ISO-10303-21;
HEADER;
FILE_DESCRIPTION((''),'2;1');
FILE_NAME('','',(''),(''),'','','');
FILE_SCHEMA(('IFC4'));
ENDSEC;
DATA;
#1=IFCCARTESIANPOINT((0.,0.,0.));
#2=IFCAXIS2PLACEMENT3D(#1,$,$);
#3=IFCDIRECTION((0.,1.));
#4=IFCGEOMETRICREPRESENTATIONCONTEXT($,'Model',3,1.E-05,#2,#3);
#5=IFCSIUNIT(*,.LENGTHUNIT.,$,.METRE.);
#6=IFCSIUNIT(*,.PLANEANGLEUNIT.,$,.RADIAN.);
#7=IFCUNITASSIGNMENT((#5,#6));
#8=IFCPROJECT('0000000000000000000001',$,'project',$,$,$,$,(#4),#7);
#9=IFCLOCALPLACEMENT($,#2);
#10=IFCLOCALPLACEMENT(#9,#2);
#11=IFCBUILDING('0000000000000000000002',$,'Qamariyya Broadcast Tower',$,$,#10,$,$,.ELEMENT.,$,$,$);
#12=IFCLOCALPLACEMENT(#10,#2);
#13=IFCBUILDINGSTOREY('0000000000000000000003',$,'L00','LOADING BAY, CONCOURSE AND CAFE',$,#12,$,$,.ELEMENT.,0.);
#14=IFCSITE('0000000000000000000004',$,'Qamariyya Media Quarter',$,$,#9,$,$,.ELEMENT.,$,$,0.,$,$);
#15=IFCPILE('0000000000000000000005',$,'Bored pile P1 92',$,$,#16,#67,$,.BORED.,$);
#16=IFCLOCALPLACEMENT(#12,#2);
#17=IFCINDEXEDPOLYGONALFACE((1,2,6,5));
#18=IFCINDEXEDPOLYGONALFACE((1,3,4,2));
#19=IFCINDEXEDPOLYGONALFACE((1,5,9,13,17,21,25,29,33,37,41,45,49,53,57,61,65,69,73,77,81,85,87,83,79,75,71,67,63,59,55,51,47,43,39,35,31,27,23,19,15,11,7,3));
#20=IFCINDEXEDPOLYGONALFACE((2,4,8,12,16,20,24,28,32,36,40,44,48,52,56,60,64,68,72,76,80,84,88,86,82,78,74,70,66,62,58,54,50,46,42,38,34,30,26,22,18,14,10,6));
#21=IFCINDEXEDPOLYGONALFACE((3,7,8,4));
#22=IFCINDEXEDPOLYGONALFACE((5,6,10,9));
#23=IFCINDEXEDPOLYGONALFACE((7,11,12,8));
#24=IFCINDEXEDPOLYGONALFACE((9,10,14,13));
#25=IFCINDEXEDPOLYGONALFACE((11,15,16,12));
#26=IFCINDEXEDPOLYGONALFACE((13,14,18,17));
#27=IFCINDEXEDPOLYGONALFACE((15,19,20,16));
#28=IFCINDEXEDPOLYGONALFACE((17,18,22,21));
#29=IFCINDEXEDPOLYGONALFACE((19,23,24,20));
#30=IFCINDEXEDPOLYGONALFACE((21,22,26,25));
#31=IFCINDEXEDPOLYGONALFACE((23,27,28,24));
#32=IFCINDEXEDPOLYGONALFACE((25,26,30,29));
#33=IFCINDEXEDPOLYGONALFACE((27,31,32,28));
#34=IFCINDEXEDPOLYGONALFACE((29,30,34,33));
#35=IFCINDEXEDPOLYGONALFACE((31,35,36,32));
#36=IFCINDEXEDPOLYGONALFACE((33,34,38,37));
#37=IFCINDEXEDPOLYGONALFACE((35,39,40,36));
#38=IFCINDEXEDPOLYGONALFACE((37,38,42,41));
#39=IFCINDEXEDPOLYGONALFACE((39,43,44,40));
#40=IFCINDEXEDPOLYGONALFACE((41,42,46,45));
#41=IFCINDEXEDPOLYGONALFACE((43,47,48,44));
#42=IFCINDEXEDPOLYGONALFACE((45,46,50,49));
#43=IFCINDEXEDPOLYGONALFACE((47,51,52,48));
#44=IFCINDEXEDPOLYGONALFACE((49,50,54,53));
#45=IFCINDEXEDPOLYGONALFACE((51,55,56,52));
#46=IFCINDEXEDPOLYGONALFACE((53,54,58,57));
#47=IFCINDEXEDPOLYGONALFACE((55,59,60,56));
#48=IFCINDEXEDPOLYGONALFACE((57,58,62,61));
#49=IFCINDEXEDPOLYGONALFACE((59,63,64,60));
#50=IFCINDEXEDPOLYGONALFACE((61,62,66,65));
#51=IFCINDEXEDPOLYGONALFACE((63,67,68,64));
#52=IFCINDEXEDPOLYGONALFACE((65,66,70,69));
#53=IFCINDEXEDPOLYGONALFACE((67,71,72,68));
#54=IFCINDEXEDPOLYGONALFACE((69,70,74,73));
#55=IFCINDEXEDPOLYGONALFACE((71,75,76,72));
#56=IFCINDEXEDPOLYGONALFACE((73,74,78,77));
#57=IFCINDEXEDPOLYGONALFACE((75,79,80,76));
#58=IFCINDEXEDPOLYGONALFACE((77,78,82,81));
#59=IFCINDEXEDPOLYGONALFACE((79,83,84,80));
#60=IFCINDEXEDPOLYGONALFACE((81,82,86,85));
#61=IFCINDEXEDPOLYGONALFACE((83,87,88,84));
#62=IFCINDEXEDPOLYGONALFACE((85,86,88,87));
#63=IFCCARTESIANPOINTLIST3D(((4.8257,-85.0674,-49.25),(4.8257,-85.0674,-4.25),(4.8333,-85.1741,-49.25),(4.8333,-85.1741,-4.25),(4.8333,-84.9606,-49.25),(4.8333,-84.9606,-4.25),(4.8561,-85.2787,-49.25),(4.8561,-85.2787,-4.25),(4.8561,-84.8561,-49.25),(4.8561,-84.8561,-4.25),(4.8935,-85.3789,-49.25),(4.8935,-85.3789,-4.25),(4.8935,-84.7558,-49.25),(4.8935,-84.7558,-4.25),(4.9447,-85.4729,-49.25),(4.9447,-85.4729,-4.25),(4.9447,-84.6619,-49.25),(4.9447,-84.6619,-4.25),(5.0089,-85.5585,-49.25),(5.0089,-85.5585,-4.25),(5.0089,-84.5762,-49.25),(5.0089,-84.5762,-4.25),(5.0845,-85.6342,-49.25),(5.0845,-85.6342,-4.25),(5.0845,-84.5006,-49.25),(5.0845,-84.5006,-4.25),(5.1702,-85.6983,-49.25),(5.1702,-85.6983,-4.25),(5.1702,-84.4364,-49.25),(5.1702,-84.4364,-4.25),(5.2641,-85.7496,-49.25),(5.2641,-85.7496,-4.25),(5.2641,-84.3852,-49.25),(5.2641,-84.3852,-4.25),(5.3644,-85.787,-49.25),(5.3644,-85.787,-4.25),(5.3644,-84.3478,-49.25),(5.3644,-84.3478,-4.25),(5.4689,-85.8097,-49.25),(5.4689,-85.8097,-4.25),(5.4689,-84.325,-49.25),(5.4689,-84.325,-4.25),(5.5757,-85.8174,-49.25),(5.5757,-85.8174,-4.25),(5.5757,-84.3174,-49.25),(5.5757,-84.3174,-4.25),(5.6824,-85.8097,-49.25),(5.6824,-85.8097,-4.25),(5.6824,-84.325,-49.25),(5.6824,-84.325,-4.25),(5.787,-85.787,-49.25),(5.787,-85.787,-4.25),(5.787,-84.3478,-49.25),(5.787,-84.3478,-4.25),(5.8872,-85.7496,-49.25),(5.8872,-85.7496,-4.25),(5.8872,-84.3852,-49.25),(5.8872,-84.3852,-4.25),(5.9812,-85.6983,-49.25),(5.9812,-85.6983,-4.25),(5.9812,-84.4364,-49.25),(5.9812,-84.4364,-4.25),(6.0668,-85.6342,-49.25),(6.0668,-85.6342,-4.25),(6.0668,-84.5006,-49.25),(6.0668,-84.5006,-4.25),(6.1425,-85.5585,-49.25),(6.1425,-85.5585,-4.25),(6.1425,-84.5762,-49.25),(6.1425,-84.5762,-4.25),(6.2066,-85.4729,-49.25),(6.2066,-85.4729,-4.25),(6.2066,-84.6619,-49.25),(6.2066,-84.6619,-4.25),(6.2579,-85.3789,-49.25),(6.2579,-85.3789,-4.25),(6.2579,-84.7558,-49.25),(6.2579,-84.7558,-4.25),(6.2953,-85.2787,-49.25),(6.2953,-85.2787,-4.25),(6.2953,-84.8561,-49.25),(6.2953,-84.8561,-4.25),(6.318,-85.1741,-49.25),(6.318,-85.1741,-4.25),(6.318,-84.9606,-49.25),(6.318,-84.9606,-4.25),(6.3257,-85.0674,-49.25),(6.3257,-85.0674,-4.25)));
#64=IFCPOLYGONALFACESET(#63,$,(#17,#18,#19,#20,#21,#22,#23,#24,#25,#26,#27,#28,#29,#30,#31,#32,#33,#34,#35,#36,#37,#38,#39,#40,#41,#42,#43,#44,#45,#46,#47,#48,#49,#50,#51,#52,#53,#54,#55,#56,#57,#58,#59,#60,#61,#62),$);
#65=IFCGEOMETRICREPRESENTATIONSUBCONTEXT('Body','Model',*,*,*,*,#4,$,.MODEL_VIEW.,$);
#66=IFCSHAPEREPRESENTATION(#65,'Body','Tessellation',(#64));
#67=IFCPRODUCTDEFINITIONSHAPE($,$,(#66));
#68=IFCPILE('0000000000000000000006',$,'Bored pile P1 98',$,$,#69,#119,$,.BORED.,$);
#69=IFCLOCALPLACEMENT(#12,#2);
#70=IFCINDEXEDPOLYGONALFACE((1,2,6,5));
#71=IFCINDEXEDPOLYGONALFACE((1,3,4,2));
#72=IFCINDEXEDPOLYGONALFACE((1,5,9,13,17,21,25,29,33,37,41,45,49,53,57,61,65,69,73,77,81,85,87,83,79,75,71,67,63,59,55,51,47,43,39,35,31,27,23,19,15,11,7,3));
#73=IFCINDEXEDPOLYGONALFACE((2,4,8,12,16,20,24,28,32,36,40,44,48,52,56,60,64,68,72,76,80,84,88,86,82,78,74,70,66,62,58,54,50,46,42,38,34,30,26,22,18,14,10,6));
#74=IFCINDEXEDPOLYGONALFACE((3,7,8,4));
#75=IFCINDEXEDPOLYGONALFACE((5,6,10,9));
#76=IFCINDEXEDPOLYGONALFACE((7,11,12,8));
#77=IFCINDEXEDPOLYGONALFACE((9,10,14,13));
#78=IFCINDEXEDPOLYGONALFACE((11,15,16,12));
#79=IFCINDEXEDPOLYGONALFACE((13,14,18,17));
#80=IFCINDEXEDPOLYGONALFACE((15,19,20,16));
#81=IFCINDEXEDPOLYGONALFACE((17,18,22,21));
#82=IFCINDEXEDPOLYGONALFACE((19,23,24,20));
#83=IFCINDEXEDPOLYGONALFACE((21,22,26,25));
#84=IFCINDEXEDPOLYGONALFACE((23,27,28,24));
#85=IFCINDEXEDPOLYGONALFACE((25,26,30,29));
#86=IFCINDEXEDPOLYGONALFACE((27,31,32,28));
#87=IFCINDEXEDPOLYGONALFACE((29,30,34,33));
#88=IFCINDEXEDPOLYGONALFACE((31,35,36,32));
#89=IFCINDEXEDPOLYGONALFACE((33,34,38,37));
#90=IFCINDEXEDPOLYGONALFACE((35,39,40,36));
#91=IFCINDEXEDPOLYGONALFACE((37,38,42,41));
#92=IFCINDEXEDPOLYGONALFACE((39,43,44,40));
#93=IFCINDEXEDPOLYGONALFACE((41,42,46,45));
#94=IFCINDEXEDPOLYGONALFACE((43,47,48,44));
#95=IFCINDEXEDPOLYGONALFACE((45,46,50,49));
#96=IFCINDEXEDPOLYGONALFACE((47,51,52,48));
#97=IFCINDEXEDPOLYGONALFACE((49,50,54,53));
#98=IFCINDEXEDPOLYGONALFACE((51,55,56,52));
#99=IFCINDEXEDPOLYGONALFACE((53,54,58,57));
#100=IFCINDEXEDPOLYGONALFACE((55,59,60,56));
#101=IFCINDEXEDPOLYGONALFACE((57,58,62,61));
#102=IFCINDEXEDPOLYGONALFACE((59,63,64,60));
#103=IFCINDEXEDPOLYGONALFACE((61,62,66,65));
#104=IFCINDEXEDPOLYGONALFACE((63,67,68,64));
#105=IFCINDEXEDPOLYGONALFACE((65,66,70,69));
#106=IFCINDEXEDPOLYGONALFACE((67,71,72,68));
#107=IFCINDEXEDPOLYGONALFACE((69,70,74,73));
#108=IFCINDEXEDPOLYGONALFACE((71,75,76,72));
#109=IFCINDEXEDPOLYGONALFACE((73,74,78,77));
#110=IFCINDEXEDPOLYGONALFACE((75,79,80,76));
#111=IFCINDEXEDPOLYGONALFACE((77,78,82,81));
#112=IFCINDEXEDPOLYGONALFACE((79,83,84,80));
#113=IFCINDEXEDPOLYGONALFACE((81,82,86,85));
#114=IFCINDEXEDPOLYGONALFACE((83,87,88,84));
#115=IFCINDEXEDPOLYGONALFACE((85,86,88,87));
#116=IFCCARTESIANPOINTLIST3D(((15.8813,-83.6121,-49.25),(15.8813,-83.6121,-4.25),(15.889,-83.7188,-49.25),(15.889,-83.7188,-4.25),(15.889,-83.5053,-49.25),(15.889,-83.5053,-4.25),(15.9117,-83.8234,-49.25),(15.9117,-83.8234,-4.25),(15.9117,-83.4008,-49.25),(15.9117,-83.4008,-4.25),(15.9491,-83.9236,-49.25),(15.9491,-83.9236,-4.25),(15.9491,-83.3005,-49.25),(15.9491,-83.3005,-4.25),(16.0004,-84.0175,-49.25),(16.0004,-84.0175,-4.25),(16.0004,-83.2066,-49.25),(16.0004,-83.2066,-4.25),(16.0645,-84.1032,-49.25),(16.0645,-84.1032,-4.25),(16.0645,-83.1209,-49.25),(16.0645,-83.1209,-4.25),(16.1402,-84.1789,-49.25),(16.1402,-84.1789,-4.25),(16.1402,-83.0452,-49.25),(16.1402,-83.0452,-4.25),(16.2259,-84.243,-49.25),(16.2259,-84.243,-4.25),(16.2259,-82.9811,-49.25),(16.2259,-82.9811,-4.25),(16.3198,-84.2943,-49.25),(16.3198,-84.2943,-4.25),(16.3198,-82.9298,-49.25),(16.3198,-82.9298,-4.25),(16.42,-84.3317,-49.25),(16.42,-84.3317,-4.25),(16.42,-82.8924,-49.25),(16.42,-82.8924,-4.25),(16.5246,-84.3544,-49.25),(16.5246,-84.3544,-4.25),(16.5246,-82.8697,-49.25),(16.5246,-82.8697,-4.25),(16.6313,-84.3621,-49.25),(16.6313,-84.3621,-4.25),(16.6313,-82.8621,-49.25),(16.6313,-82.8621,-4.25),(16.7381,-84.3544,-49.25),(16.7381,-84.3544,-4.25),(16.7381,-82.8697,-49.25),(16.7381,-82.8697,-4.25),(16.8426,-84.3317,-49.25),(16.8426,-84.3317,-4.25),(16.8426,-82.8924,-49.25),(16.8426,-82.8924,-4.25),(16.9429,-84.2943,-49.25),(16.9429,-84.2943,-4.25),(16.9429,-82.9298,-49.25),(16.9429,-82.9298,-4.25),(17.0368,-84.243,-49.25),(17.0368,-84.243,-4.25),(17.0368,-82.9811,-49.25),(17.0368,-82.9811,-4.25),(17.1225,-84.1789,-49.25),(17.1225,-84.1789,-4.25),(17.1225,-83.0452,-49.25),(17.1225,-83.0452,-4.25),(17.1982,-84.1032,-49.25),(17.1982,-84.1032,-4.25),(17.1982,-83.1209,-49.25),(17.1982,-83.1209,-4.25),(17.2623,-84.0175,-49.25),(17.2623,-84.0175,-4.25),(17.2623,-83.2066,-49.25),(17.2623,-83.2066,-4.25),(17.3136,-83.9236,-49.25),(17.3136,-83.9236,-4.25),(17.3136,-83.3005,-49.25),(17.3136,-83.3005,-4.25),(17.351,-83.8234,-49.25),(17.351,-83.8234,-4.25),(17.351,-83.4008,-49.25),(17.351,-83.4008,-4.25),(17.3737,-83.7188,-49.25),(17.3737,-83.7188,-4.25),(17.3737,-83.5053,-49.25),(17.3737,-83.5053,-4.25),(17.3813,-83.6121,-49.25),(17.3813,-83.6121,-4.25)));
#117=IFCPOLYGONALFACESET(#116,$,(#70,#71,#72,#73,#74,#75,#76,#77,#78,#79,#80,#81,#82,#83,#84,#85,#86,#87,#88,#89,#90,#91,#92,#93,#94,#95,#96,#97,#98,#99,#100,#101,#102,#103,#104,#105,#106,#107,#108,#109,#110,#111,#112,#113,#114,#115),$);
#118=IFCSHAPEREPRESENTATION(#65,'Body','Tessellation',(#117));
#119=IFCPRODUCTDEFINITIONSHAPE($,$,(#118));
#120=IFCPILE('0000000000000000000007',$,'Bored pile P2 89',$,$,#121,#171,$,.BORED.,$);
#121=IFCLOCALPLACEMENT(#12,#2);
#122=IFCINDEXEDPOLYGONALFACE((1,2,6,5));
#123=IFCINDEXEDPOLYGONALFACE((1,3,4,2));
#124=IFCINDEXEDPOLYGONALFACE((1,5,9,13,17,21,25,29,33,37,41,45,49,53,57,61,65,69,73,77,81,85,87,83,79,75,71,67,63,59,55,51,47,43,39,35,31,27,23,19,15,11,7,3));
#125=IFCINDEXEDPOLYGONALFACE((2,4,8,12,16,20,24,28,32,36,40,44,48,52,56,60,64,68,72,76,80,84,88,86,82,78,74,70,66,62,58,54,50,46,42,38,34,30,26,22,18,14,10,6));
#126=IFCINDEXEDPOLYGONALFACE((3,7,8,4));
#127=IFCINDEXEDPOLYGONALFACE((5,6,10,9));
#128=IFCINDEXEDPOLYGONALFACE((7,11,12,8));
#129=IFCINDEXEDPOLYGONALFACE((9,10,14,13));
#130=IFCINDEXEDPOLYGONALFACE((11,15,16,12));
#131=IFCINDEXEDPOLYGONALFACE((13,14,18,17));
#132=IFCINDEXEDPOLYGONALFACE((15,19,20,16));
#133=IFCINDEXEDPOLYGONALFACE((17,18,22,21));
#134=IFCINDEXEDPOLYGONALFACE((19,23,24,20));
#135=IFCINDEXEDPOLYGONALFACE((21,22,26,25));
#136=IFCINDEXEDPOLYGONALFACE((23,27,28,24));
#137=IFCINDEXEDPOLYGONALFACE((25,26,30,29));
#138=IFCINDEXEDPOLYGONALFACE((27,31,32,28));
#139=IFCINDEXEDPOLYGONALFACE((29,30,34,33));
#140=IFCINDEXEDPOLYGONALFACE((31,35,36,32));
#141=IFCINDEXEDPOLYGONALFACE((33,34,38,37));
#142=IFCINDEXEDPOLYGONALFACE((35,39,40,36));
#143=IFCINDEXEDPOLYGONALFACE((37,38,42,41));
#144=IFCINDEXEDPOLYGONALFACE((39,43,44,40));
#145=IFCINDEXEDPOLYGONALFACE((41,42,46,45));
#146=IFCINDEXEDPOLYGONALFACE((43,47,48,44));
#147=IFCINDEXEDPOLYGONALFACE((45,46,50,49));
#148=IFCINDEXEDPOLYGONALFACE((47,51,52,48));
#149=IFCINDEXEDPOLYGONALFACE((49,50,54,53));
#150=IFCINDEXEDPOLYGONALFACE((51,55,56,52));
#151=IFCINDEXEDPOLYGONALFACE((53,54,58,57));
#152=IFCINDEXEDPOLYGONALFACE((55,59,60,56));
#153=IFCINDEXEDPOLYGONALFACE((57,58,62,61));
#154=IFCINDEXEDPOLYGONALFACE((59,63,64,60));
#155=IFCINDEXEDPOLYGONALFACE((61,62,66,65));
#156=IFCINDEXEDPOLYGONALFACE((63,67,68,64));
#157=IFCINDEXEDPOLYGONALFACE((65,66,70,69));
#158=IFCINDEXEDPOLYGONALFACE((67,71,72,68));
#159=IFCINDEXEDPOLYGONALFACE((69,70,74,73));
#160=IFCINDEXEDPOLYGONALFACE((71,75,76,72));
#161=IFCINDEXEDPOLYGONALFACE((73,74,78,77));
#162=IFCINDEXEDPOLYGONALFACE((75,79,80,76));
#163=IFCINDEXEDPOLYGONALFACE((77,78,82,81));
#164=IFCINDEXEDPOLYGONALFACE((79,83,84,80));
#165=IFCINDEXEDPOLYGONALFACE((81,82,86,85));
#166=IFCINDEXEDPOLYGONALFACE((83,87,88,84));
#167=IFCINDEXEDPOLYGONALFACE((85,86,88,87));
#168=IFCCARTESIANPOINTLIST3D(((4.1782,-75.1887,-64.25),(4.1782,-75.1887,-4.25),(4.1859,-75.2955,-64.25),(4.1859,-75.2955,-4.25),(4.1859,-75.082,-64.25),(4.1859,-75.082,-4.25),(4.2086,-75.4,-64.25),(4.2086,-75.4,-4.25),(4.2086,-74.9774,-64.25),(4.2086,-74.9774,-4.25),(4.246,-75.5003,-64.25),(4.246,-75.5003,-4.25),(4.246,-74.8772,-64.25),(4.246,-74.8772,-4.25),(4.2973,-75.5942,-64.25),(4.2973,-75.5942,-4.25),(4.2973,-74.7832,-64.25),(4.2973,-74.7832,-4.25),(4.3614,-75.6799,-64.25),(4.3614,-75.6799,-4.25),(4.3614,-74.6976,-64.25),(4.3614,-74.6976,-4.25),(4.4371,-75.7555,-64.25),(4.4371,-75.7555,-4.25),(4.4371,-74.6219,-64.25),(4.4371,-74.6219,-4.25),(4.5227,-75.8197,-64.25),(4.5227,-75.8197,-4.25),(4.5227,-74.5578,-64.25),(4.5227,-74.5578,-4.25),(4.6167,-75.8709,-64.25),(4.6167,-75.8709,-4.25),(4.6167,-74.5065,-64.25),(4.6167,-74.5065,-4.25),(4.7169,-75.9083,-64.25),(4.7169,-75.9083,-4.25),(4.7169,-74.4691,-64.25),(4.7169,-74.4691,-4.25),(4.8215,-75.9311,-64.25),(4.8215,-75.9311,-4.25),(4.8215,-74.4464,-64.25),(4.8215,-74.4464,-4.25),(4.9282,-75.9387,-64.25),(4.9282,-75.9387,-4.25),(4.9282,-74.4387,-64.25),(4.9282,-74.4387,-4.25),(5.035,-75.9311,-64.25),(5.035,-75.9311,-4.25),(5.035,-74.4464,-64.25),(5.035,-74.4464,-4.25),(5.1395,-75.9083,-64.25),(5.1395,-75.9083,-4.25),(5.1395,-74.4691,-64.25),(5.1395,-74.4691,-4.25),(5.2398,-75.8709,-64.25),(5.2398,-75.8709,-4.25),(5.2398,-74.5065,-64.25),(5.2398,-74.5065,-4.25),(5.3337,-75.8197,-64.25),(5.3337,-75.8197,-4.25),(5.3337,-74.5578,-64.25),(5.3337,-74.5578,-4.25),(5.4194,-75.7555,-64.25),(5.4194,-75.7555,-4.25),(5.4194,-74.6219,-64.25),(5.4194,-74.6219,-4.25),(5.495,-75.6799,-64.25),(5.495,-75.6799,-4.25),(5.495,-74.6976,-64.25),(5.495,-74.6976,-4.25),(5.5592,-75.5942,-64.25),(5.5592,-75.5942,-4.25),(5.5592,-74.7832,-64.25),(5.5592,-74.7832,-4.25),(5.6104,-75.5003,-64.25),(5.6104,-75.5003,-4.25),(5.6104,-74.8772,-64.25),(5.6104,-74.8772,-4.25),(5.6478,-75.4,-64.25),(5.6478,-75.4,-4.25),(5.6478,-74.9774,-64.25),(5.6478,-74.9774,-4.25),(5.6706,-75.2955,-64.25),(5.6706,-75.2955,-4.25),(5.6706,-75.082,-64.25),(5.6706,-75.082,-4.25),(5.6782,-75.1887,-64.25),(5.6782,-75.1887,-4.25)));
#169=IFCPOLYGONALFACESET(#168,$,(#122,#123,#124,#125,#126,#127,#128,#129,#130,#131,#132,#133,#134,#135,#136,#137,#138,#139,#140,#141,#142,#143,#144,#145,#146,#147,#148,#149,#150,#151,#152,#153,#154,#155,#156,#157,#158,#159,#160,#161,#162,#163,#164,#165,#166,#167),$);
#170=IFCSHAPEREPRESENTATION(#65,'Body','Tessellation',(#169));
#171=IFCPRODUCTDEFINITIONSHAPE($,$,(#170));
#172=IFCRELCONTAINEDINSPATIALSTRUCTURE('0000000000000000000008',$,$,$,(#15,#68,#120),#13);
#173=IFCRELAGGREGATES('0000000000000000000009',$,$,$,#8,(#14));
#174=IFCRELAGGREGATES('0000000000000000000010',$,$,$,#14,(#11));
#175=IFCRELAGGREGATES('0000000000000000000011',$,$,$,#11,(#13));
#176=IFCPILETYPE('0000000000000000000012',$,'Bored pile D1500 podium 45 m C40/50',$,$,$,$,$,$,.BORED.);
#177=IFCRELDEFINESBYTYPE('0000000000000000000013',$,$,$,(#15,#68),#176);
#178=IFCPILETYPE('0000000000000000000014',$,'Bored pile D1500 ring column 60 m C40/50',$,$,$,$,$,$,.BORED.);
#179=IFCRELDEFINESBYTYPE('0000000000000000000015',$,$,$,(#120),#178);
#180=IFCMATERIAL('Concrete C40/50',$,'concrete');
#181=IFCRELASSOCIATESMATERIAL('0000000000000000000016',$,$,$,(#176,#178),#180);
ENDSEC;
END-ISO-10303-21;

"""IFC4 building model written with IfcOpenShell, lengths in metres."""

from ifc_helpers import new_model, si_unit, direction, frame, origin, origin_2d, place, context, subcontext, project, spatial, circle, extrude, material, material_profile, profile_set, type_object, element, save


model = new_model("IFC4")

# Units and contexts
model_context = context("Model", 3, precision=1e-05, world=origin(), true_north=direction((0.0, 1.0)))
body_context = subcontext(model_context, "Body", "Model", "MODEL_VIEW")
ifc_project = project(units=[si_unit("LENGTHUNIT", "METRE"), si_unit("PLANEANGLEUNIT", "RADIAN")], contexts=[model_context])

# Site, building, storey
site_placement = place(None, origin())
site = spatial("IfcSite", under=ifc_project, at=site_placement, Name="Qamariyya Media Quarter", CompositionType="ELEMENT", RefElevation=0.0)
building_placement = place(site_placement, origin())
building = spatial("IfcBuilding", under=site, at=building_placement, Name="Qamariyya Broadcast Tower", CompositionType="ELEMENT")
storey_placement = place(building_placement, origin())
storey = spatial("IfcBuildingStorey", under=building, at=storey_placement, Name="L00", Description="LOADING BAY, CONCOURSE AND CAFE", CompositionType="ELEMENT", Elevation=0.0)

# Piles
ifc_material_1 = material(Name="Concrete C40/50", Category="concrete")
ifc_material_profile_1 = material_profile(ifc_material_1, circle(Radius=0.75, at=origin_2d()))
ifc_profile_set_1 = profile_set([ifc_material_profile_1], Name="Concrete C40/50")
pile_type_1 = type_object("IfcPileType", Name="Bored pile D1500 podium 45 m C40/50", PredefinedType="BORED", material=ifc_profile_set_1)
for number, where, z_axis, x_axis, name in (
    (1, (5.5757, -85.0674, -4.25), (0.0, 0.0, -1.0), (1.0, 0.0, 0.0), "Bored pile P1 92"),
    (2, (16.6313, -83.6121, -4.25), (0.0, 0.0, -1.0), (1.0, 0.0, 0.0), "Bored pile P1 98"),
):
    element("IfcPile", number, at=place(storey_placement, frame(where, z_axis=z_axis, x_axis=x_axis)), inside=storey, type_object=pile_type_1, Name=name, PredefinedType="BORED", context=body_context, shape_type="SweptSolid", body=[
        extrude(circle(Radius=0.75, at=origin_2d()), origin(), (0.0, 0.0, 1.0), 45.0),
    ])
ifc_material_profile_2 = material_profile(ifc_material_1, circle(Radius=0.75, at=origin_2d()))
ifc_profile_set_2 = profile_set([ifc_material_profile_2], Name="Concrete C40/50")
pile_type_2 = type_object("IfcPileType", Name="Bored pile D1500 ring column 60 m C40/50", PredefinedType="BORED", material=ifc_profile_set_2)
for number, where, z_axis, x_axis, name in (
    (3, (4.9282, -75.1887, -4.25), (0.0, 0.0, -1.0), (1.0, 0.0, 0.0), "Bored pile P2 89"),
):
    element("IfcPile", number, at=place(storey_placement, frame(where, z_axis=z_axis, x_axis=x_axis)), inside=storey, type_object=pile_type_2, Name=name, PredefinedType="BORED", context=body_context, shape_type="SweptSolid", body=[
        extrude(circle(Radius=0.75, at=origin_2d()), origin(), (0.0, 0.0, 1.0), 60.0),
    ])

save(model, "model.ifc")
